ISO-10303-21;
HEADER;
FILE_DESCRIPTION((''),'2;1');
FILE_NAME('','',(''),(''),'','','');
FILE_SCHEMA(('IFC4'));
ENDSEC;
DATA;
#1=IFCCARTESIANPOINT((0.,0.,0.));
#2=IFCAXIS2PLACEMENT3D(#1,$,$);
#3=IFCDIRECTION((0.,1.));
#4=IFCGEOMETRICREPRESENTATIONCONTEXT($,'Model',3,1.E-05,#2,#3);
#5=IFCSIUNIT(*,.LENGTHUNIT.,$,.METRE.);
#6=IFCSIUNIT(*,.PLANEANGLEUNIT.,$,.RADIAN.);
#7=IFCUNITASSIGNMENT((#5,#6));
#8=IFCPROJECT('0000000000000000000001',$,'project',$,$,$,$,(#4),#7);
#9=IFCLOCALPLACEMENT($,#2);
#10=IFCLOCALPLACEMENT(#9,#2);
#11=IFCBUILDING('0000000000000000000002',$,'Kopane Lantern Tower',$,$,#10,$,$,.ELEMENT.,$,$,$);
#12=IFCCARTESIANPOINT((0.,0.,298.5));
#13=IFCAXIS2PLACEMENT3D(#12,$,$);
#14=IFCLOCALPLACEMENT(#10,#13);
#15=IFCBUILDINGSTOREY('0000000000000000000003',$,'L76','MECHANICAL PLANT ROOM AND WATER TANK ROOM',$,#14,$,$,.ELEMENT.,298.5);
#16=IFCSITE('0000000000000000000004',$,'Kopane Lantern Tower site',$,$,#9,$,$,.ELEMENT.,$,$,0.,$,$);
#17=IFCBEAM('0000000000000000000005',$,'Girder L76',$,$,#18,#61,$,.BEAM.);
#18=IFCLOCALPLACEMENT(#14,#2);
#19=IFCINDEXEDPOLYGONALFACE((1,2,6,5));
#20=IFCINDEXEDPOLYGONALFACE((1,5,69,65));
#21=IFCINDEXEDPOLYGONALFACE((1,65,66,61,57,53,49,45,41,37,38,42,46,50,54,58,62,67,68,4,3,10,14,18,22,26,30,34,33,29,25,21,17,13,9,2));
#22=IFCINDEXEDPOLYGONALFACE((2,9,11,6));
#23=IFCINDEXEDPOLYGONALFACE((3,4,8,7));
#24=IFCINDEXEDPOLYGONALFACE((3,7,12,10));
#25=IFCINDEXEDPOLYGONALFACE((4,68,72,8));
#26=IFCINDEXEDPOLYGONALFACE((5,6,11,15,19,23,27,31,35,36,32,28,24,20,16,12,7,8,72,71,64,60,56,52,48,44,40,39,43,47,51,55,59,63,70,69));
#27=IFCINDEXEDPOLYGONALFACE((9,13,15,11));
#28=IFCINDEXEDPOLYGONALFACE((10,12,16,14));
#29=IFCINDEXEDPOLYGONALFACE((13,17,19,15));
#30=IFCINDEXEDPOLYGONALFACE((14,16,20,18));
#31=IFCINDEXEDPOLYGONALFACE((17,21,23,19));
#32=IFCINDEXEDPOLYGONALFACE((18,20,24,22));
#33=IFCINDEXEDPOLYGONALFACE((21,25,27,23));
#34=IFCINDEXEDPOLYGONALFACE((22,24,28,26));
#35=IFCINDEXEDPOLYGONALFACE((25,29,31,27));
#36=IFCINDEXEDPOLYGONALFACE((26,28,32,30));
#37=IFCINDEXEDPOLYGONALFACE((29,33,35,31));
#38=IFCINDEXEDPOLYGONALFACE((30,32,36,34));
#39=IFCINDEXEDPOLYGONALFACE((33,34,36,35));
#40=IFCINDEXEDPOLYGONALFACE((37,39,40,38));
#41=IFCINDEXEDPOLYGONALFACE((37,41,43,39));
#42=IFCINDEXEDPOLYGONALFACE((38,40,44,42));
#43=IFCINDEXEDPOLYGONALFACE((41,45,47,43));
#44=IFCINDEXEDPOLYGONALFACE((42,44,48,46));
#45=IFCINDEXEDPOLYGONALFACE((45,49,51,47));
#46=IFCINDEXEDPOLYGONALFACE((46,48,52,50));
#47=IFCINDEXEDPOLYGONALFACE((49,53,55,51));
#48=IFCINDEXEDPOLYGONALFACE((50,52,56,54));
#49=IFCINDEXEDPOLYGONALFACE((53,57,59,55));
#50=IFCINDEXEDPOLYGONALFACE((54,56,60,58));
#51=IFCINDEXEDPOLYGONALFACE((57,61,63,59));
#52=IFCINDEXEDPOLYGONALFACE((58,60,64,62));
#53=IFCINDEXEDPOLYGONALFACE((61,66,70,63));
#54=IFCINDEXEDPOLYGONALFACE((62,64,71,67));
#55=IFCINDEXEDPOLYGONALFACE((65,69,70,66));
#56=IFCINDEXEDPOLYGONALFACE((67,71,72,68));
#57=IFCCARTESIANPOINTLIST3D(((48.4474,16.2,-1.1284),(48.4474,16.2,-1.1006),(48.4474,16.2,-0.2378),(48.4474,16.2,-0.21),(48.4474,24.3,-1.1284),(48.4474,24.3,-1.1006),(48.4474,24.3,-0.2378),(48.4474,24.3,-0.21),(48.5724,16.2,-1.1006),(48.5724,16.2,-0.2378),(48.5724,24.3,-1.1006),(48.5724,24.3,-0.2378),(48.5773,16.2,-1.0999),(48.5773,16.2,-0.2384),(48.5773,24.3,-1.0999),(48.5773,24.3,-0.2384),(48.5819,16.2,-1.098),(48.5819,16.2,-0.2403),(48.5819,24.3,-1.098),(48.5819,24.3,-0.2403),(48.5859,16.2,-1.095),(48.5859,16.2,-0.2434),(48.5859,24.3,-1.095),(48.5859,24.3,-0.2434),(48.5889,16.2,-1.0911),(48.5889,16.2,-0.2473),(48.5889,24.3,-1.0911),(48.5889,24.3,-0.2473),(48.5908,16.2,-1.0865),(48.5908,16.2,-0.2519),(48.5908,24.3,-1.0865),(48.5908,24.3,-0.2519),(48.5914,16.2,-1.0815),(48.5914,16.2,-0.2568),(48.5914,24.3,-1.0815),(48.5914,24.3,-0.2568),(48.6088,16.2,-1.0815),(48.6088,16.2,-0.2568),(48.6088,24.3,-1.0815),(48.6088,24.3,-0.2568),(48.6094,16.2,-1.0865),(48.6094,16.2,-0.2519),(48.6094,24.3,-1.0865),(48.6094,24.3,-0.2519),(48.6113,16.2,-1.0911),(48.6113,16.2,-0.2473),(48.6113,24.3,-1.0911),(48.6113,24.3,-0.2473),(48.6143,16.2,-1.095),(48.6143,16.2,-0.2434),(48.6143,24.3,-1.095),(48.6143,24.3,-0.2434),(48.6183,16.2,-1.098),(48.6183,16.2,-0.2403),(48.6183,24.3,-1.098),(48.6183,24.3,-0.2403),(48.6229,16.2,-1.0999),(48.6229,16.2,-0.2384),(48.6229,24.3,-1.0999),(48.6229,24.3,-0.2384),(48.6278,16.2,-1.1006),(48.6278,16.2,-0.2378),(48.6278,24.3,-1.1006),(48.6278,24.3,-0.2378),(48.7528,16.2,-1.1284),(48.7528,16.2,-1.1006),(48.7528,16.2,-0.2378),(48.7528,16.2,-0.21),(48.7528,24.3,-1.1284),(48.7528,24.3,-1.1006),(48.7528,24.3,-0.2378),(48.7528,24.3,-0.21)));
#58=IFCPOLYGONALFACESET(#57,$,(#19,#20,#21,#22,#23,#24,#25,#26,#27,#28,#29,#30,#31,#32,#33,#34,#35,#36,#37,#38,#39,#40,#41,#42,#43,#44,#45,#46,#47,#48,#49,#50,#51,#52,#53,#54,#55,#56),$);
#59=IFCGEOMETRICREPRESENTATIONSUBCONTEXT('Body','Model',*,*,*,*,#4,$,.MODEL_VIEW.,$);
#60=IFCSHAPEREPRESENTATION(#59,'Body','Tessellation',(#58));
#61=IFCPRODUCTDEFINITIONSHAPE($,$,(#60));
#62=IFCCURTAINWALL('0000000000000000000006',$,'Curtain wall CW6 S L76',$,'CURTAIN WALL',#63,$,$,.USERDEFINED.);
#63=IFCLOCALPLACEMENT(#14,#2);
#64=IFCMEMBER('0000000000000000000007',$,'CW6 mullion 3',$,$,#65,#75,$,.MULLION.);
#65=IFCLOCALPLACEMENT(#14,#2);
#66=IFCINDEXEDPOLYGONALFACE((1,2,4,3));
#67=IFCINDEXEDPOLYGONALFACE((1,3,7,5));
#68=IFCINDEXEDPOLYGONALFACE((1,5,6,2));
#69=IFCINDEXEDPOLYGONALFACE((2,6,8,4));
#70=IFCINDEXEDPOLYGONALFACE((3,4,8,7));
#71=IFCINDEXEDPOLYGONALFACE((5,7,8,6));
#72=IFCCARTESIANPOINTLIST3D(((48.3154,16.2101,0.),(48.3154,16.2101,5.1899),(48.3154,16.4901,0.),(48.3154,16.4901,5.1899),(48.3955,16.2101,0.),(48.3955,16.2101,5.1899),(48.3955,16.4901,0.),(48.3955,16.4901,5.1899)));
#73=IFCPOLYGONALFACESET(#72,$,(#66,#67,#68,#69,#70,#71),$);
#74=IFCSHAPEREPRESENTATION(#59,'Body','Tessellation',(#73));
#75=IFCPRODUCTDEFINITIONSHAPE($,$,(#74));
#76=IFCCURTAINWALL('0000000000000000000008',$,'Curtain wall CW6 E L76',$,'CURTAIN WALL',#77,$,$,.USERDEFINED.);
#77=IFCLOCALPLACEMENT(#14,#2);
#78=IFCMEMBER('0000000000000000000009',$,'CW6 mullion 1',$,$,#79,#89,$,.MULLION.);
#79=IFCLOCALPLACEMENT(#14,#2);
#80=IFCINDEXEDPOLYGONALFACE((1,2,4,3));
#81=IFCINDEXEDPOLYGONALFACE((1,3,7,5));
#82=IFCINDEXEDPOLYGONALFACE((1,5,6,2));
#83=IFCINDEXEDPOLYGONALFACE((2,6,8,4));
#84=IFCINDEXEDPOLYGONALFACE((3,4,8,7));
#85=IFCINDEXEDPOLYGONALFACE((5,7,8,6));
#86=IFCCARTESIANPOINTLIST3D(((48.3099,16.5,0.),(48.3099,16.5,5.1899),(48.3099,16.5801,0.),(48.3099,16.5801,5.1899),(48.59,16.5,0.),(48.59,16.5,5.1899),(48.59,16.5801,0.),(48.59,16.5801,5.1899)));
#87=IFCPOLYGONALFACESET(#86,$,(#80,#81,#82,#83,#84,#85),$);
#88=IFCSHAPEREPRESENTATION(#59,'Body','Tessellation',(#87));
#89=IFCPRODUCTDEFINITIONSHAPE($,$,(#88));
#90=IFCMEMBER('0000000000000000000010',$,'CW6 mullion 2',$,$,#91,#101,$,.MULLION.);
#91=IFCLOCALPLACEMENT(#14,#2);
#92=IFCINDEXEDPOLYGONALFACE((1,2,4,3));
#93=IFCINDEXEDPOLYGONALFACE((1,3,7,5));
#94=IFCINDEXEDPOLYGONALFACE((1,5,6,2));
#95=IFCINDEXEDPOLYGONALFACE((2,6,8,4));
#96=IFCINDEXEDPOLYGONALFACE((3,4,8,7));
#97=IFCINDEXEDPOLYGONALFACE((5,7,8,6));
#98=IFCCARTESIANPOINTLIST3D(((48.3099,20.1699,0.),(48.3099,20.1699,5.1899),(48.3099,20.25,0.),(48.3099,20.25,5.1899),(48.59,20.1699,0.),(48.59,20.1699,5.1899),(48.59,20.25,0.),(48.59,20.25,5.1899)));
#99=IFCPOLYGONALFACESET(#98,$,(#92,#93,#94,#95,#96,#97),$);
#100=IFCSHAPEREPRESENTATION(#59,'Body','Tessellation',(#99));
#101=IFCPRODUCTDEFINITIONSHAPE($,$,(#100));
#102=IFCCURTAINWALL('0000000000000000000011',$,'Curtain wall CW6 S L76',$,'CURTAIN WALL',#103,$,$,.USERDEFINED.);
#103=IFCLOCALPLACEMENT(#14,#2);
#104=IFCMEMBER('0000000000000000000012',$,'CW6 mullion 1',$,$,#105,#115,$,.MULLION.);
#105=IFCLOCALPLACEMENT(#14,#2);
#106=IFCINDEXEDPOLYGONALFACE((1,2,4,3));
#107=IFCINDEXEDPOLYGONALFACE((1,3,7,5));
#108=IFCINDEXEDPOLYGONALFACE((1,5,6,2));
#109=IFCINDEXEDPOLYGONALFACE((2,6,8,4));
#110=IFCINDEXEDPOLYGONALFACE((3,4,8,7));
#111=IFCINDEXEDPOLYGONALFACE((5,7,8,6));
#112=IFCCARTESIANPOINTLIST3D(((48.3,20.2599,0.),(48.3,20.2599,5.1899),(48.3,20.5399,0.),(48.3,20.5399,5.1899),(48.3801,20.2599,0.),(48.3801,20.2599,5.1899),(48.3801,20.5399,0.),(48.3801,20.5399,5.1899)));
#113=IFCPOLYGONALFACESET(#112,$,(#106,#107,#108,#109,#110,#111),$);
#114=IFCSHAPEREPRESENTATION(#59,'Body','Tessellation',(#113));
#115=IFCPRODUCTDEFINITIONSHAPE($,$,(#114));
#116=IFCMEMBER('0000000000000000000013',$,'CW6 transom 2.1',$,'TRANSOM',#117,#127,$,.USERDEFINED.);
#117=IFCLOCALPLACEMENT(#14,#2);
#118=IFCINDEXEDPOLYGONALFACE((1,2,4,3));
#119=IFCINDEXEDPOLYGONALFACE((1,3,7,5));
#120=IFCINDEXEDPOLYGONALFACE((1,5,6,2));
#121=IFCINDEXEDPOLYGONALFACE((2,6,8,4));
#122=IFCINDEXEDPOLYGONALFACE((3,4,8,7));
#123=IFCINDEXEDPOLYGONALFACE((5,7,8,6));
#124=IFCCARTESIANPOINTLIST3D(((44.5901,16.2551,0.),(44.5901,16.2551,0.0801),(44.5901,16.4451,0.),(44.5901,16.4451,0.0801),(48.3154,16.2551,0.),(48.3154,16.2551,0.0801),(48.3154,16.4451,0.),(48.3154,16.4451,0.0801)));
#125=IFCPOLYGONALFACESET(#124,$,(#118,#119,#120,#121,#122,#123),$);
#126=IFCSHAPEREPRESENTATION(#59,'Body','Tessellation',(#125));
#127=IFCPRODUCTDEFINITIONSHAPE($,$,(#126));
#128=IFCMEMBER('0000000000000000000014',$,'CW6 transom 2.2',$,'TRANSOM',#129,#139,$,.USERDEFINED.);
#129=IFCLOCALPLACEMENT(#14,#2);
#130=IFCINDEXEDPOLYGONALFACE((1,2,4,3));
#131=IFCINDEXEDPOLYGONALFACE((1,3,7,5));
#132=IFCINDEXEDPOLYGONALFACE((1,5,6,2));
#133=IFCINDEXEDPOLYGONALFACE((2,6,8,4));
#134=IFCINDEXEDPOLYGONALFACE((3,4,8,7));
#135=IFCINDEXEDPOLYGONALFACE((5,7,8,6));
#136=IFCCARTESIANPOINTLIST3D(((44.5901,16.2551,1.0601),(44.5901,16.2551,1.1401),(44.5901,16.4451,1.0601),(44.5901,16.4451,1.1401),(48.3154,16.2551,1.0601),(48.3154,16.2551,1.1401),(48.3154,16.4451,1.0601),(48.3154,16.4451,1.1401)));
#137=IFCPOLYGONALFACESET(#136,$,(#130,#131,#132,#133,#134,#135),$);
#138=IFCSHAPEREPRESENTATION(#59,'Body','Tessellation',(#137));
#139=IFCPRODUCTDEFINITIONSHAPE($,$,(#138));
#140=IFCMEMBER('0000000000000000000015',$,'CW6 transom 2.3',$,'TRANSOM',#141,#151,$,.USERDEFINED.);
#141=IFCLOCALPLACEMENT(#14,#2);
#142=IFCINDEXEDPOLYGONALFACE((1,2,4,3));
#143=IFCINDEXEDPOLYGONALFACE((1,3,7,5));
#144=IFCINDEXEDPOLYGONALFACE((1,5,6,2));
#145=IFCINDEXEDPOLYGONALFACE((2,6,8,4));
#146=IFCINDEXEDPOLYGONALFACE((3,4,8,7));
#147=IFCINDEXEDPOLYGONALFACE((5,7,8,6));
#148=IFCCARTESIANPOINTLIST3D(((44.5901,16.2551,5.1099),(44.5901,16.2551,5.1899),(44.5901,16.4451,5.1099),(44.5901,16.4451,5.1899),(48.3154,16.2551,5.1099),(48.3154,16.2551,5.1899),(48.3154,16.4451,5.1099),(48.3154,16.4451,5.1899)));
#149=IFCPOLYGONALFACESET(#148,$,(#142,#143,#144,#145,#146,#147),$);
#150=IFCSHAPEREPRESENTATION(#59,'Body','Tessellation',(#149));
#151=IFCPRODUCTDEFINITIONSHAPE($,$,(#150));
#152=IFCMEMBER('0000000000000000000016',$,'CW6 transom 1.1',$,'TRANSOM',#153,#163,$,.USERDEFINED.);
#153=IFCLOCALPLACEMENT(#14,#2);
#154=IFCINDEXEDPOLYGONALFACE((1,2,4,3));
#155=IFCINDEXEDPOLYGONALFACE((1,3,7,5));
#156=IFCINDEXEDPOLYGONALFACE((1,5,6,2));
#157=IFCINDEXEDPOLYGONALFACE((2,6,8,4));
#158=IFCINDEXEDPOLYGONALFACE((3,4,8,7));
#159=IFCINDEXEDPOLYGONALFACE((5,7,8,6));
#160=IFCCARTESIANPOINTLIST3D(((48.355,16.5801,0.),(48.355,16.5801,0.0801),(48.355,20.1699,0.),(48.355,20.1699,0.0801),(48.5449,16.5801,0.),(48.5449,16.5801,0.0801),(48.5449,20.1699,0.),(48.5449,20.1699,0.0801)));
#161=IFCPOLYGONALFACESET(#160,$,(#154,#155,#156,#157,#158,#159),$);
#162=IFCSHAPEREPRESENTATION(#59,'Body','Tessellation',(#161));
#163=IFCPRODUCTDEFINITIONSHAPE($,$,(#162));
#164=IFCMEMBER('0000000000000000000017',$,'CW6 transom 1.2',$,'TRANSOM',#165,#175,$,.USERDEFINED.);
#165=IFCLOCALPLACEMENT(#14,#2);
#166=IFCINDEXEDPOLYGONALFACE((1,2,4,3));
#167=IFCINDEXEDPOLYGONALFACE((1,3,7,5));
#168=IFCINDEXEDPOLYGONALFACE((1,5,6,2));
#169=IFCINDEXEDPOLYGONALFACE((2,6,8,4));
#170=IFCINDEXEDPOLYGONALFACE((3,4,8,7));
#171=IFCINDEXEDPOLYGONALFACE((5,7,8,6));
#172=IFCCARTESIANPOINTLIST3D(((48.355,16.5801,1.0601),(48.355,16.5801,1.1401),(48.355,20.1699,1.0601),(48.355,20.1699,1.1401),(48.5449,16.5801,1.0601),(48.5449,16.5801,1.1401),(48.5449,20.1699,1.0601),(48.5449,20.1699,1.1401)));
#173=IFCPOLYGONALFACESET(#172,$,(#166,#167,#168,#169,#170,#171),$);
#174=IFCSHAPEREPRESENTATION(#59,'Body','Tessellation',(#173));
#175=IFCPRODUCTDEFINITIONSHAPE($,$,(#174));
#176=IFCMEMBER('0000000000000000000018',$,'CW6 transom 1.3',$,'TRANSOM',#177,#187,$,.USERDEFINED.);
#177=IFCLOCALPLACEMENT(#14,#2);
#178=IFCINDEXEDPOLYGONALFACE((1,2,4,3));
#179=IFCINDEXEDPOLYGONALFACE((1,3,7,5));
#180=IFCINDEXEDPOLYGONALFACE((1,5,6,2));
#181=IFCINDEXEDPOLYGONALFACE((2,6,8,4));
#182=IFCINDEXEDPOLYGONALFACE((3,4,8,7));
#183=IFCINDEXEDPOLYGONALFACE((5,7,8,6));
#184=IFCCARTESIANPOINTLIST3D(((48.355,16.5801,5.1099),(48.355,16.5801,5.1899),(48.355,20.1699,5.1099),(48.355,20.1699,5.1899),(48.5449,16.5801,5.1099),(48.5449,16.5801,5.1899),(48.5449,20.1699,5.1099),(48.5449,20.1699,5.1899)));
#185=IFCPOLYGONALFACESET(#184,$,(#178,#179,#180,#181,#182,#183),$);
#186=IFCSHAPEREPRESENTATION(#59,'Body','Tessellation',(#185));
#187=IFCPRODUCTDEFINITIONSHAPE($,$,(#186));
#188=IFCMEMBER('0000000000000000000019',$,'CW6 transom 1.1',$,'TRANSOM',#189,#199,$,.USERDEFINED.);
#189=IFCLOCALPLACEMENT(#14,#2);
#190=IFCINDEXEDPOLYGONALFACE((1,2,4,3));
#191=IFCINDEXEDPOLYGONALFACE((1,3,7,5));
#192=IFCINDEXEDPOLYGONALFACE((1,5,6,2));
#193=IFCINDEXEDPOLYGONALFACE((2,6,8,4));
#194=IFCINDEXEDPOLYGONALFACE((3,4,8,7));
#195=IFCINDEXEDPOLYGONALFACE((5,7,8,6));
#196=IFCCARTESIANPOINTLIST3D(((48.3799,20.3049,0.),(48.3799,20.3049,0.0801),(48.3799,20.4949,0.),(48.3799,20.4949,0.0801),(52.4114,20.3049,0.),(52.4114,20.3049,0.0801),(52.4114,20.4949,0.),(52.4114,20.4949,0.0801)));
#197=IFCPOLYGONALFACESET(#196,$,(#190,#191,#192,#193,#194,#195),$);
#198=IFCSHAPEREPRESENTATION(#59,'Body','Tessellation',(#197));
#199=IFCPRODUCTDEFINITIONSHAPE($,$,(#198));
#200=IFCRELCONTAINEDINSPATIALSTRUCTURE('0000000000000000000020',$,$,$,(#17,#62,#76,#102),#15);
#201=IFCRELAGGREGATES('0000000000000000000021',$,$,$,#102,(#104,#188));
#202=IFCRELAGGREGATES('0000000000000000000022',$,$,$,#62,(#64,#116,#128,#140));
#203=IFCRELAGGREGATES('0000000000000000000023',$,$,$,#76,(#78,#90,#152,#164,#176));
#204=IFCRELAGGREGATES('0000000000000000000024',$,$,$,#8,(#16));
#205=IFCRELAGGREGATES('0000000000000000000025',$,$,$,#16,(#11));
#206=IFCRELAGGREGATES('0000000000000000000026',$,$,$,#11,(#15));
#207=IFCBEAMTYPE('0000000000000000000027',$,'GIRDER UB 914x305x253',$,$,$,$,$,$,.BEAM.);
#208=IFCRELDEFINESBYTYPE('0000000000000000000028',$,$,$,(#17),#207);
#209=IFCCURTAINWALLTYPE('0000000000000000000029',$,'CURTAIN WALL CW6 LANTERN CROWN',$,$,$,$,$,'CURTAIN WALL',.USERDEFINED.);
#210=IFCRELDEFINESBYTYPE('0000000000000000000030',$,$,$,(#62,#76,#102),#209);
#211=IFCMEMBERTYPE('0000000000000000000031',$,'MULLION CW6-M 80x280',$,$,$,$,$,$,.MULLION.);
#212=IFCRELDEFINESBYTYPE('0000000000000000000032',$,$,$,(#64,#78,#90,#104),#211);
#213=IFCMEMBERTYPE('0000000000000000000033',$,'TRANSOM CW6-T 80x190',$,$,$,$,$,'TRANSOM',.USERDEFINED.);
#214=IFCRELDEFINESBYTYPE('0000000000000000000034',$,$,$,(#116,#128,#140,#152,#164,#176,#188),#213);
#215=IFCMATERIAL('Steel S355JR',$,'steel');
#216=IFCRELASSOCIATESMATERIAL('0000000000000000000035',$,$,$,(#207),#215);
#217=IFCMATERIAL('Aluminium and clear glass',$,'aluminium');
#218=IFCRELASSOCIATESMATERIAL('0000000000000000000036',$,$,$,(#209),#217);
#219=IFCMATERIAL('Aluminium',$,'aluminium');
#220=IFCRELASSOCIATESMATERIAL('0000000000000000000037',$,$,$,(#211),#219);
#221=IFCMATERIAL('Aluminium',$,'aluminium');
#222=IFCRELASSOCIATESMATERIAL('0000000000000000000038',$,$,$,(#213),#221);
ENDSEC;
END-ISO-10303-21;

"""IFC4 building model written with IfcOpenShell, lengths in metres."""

from ifc_helpers import new_model, si_unit, direction, frame, origin, origin_2d, place, context, subcontext, project, spatial, rectangle, i_section, extrude, material, material_profile, profile_set, type_object, element, aggregate, save


model = new_model("IFC4")

# Units and contexts
model_context = context("Model", 3, precision=1e-05, world=origin(), true_north=direction((0.0, 1.0)))
body_context = subcontext(model_context, "Body", "Model", "MODEL_VIEW")
ifc_project = project(units=[si_unit("LENGTHUNIT", "METRE"), si_unit("PLANEANGLEUNIT", "RADIAN")], contexts=[model_context])

# Site, building, storey
site_placement = place(None, origin())
site = spatial("IfcSite", under=ifc_project, at=site_placement, Name="Kopane Lantern Tower site", CompositionType="ELEMENT", RefElevation=0.0)
building_placement = place(site_placement, origin())
building = spatial("IfcBuilding", under=site, at=building_placement, Name="Kopane Lantern Tower", CompositionType="ELEMENT")
storey_placement = place(building_placement, frame((0.0, 0.0, 298.5)))
storey = spatial("IfcBuildingStorey", under=building, at=storey_placement, Name="L76", Description="MECHANICAL PLANT ROOM AND WATER TANK ROOM", CompositionType="ELEMENT", Elevation=298.5)

# Beam
ifc_material_1 = material(Name="Steel S355JR", Category="steel")
ifc_material_profile_1 = material_profile(ifc_material_1, i_section(OverallWidth=0.3054, OverallDepth=0.9185, WebThickness=0.0173, FlangeThickness=0.0278, FilletRadius=0.019, at=origin_2d()), Name="UB 914x305x253")
ifc_profile_set_1 = profile_set([ifc_material_profile_1], Name="Steel S355JR")
beam_type_1 = type_object("IfcBeamType", Name="GIRDER UB 914x305x253", PredefinedType="BEAM", material=ifc_profile_set_1)
beam_1_placement = place(storey_placement, frame((48.6001, 16.2, -0.6692), z_axis=(0.0, 1.0, 0.0), x_axis=(-1.0, 0.0, 0.0)))
element("IfcBeam", 1, at=beam_1_placement, inside=storey, type_object=beam_type_1, Name="Girder L76", PredefinedType="BEAM", context=body_context, shape_type="SweptSolid", body=[
    extrude(i_section(OverallWidth=0.3054, OverallDepth=0.9185, WebThickness=0.0173, FlangeThickness=0.0278, FilletRadius=0.019, at=origin_2d()), origin(), (0.0, 0.0, 1.0), 8.1001),
])

# Curtain wall, member
ifc_material_2 = material(Name="Aluminium and clear glass", Category="aluminium")
curtain_wall_type = type_object("IfcCurtainWallType", Name="CURTAIN WALL CW6 LANTERN CROWN", ElementType="CURTAIN WALL", PredefinedType="USERDEFINED", material=ifc_material_2)
curtain_wall_1_placement = place(storey_placement, origin())
curtain_wall_1 = element("IfcCurtainWall", 2, at=curtain_wall_1_placement, inside=storey, type_object=curtain_wall_type, Name="Curtain wall CW6 S L76", ObjectType="CURTAIN WALL", PredefinedType="USERDEFINED")
ifc_material_3 = material(Name="Aluminium", Category="aluminium")
ifc_material_profile_2 = material_profile(ifc_material_3, rectangle(XDim=0.0801, YDim=0.28, at=origin_2d()), Name="AL 80x280")
ifc_profile_set_2 = profile_set([ifc_material_profile_2], Name="Aluminium")
member_type_1 = type_object("IfcMemberType", Name="MULLION CW6-M 80x280", PredefinedType="MULLION", material=ifc_profile_set_2)
member_1_placement = place(storey_placement, frame((48.3555, 16.3501, 0.0), z_axis=(0.0, 0.0, 1.0), x_axis=(1.0, 0.0, 0.0)))
member_1 = element("IfcMember", 3, at=member_1_placement, type_object=member_type_1, Name="CW6 mullion 3", PredefinedType="MULLION", context=body_context, shape_type="SweptSolid", body=[
    extrude(rectangle(XDim=0.0801, YDim=0.28, at=origin_2d()), origin(), (0.0, 0.0, 1.0), 5.1899),
])

# Curtain wall, members
curtain_wall_2_placement = place(storey_placement, origin())
curtain_wall_2 = element("IfcCurtainWall", 4, at=curtain_wall_2_placement, inside=storey, type_object=curtain_wall_type, Name="Curtain wall CW6 E L76", ObjectType="CURTAIN WALL", PredefinedType="USERDEFINED")
member_2_placement = place(storey_placement, frame((48.45, 16.54, 0.0), z_axis=(0.0, 0.0, 1.0), x_axis=(0.0, 1.0, 0.0)))
member_2 = element("IfcMember", 5, at=member_2_placement, type_object=member_type_1, Name="CW6 mullion 1", PredefinedType="MULLION", context=body_context, shape_type="SweptSolid", body=[
    extrude(rectangle(XDim=0.0801, YDim=0.28, at=origin_2d()), origin(), (0.0, 0.0, 1.0), 5.1899),
])
member_3_placement = place(storey_placement, frame((48.45, 20.21, 0.0), z_axis=(0.0, 0.0, 1.0), x_axis=(0.0, 1.0, 0.0)))
member_3 = element("IfcMember", 6, at=member_3_placement, type_object=member_type_1, Name="CW6 mullion 2", PredefinedType="MULLION", context=body_context, shape_type="SweptSolid", body=[
    extrude(rectangle(XDim=0.0801, YDim=0.28, at=origin_2d()), origin(), (0.0, 0.0, 1.0), 5.1899),
])

# Curtain wall, member
curtain_wall_3_placement = place(storey_placement, origin())
curtain_wall_3 = element("IfcCurtainWall", 7, at=curtain_wall_3_placement, inside=storey, type_object=curtain_wall_type, Name="Curtain wall CW6 S L76", ObjectType="CURTAIN WALL", PredefinedType="USERDEFINED")
member_4_placement = place(storey_placement, frame((48.3401, 20.3999, 0.0), z_axis=(0.0, 0.0, 1.0), x_axis=(1.0, 0.0, 0.0)))
member_4 = element("IfcMember", 8, at=member_4_placement, type_object=member_type_1, Name="CW6 mullion 1", PredefinedType="MULLION", context=body_context, shape_type="SweptSolid", body=[
    extrude(rectangle(XDim=0.0801, YDim=0.28, at=origin_2d()), origin(), (0.0, 0.0, 1.0), 5.1899),
])

# Members
ifc_material_4 = material(Name="Aluminium", Category="aluminium")
ifc_material_profile_3 = material_profile(ifc_material_4, rectangle(XDim=0.1899, YDim=0.0801, at=origin_2d()), Name="AL 190x80")
ifc_profile_set_3 = profile_set([ifc_material_profile_3], Name="Aluminium")
member_type_2 = type_object("IfcMemberType", Name="TRANSOM CW6-T 80x190", ElementType="TRANSOM", PredefinedType="USERDEFINED", material=ifc_profile_set_3)
member_5_placement = place(storey_placement, frame((44.5901, 16.3501, 0.04), z_axis=(1.0, 0.0, 0.0), x_axis=(0.0, 1.0, 0.0)))
member_5 = element("IfcMember", 9, at=member_5_placement, type_object=member_type_2, Name="CW6 transom 2.1", ObjectType="TRANSOM", PredefinedType="USERDEFINED", context=body_context, shape_type="SweptSolid", body=[
    extrude(rectangle(XDim=0.1899, YDim=0.0801, at=origin_2d()), origin(), (0.0, 0.0, 1.0), 3.7253),
])
member_6_placement = place(storey_placement, frame((44.5901, 16.3501, 1.1001), z_axis=(1.0, 0.0, 0.0), x_axis=(0.0, 1.0, 0.0)))
member_6 = element("IfcMember", 10, at=member_6_placement, type_object=member_type_2, Name="CW6 transom 2.2", ObjectType="TRANSOM", PredefinedType="USERDEFINED", context=body_context, shape_type="SweptSolid", body=[
    extrude(rectangle(XDim=0.1899, YDim=0.0801, at=origin_2d()), origin(), (0.0, 0.0, 1.0), 3.7253),
])
member_7_placement = place(storey_placement, frame((44.5901, 16.3501, 5.1499), z_axis=(1.0, 0.0, 0.0), x_axis=(0.0, 1.0, 0.0)))
member_7 = element("IfcMember", 11, at=member_7_placement, type_object=member_type_2, Name="CW6 transom 2.3", ObjectType="TRANSOM", PredefinedType="USERDEFINED", context=body_context, shape_type="SweptSolid", body=[
    extrude(rectangle(XDim=0.1899, YDim=0.0801, at=origin_2d()), origin(), (0.0, 0.0, 1.0), 3.7253),
])
member_8_placement = place(storey_placement, frame((48.45, 16.5801, 0.04), z_axis=(0.0, 1.0, 0.0), x_axis=(-1.0, 0.0, 0.0)))
member_8 = element("IfcMember", 12, at=member_8_placement, type_object=member_type_2, Name="CW6 transom 1.1", ObjectType="TRANSOM", PredefinedType="USERDEFINED", context=body_context, shape_type="SweptSolid", body=[
    extrude(rectangle(XDim=0.1899, YDim=0.0801, at=origin_2d()), origin(), (0.0, 0.0, 1.0), 3.5898),
])
member_9_placement = place(storey_placement, frame((48.45, 16.5801, 1.1001), z_axis=(0.0, 1.0, 0.0), x_axis=(-1.0, 0.0, 0.0)))
member_9 = element("IfcMember", 13, at=member_9_placement, type_object=member_type_2, Name="CW6 transom 1.2", ObjectType="TRANSOM", PredefinedType="USERDEFINED", context=body_context, shape_type="SweptSolid", body=[
    extrude(rectangle(XDim=0.1899, YDim=0.0801, at=origin_2d()), origin(), (0.0, 0.0, 1.0), 3.5898),
])
member_10_placement = place(storey_placement, frame((48.45, 16.5801, 5.1499), z_axis=(0.0, 1.0, 0.0), x_axis=(-1.0, 0.0, 0.0)))
member_10 = element("IfcMember", 14, at=member_10_placement, type_object=member_type_2, Name="CW6 transom 1.3", ObjectType="TRANSOM", PredefinedType="USERDEFINED", context=body_context, shape_type="SweptSolid", body=[
    extrude(rectangle(XDim=0.1899, YDim=0.0801, at=origin_2d()), origin(), (0.0, 0.0, 1.0), 3.5898),
])
member_11_placement = place(storey_placement, frame((48.3799, 20.3999, 0.04), z_axis=(1.0, 0.0, 0.0), x_axis=(0.0, 1.0, 0.0)))
member_11 = element("IfcMember", 15, at=member_11_placement, type_object=member_type_2, Name="CW6 transom 1.1", ObjectType="TRANSOM", PredefinedType="USERDEFINED", context=body_context, shape_type="SweptSolid", body=[
    extrude(rectangle(XDim=0.1899, YDim=0.0801, at=origin_2d()), origin(), (0.0, 0.0, 1.0), 4.0315),
])
aggregate(curtain_wall_3, [member_4, member_11])

aggregate(curtain_wall_1, [member_1, member_5, member_6, member_7])
aggregate(curtain_wall_2, [member_2, member_3, member_8, member_9, member_10])

save(model, "model.ifc")
